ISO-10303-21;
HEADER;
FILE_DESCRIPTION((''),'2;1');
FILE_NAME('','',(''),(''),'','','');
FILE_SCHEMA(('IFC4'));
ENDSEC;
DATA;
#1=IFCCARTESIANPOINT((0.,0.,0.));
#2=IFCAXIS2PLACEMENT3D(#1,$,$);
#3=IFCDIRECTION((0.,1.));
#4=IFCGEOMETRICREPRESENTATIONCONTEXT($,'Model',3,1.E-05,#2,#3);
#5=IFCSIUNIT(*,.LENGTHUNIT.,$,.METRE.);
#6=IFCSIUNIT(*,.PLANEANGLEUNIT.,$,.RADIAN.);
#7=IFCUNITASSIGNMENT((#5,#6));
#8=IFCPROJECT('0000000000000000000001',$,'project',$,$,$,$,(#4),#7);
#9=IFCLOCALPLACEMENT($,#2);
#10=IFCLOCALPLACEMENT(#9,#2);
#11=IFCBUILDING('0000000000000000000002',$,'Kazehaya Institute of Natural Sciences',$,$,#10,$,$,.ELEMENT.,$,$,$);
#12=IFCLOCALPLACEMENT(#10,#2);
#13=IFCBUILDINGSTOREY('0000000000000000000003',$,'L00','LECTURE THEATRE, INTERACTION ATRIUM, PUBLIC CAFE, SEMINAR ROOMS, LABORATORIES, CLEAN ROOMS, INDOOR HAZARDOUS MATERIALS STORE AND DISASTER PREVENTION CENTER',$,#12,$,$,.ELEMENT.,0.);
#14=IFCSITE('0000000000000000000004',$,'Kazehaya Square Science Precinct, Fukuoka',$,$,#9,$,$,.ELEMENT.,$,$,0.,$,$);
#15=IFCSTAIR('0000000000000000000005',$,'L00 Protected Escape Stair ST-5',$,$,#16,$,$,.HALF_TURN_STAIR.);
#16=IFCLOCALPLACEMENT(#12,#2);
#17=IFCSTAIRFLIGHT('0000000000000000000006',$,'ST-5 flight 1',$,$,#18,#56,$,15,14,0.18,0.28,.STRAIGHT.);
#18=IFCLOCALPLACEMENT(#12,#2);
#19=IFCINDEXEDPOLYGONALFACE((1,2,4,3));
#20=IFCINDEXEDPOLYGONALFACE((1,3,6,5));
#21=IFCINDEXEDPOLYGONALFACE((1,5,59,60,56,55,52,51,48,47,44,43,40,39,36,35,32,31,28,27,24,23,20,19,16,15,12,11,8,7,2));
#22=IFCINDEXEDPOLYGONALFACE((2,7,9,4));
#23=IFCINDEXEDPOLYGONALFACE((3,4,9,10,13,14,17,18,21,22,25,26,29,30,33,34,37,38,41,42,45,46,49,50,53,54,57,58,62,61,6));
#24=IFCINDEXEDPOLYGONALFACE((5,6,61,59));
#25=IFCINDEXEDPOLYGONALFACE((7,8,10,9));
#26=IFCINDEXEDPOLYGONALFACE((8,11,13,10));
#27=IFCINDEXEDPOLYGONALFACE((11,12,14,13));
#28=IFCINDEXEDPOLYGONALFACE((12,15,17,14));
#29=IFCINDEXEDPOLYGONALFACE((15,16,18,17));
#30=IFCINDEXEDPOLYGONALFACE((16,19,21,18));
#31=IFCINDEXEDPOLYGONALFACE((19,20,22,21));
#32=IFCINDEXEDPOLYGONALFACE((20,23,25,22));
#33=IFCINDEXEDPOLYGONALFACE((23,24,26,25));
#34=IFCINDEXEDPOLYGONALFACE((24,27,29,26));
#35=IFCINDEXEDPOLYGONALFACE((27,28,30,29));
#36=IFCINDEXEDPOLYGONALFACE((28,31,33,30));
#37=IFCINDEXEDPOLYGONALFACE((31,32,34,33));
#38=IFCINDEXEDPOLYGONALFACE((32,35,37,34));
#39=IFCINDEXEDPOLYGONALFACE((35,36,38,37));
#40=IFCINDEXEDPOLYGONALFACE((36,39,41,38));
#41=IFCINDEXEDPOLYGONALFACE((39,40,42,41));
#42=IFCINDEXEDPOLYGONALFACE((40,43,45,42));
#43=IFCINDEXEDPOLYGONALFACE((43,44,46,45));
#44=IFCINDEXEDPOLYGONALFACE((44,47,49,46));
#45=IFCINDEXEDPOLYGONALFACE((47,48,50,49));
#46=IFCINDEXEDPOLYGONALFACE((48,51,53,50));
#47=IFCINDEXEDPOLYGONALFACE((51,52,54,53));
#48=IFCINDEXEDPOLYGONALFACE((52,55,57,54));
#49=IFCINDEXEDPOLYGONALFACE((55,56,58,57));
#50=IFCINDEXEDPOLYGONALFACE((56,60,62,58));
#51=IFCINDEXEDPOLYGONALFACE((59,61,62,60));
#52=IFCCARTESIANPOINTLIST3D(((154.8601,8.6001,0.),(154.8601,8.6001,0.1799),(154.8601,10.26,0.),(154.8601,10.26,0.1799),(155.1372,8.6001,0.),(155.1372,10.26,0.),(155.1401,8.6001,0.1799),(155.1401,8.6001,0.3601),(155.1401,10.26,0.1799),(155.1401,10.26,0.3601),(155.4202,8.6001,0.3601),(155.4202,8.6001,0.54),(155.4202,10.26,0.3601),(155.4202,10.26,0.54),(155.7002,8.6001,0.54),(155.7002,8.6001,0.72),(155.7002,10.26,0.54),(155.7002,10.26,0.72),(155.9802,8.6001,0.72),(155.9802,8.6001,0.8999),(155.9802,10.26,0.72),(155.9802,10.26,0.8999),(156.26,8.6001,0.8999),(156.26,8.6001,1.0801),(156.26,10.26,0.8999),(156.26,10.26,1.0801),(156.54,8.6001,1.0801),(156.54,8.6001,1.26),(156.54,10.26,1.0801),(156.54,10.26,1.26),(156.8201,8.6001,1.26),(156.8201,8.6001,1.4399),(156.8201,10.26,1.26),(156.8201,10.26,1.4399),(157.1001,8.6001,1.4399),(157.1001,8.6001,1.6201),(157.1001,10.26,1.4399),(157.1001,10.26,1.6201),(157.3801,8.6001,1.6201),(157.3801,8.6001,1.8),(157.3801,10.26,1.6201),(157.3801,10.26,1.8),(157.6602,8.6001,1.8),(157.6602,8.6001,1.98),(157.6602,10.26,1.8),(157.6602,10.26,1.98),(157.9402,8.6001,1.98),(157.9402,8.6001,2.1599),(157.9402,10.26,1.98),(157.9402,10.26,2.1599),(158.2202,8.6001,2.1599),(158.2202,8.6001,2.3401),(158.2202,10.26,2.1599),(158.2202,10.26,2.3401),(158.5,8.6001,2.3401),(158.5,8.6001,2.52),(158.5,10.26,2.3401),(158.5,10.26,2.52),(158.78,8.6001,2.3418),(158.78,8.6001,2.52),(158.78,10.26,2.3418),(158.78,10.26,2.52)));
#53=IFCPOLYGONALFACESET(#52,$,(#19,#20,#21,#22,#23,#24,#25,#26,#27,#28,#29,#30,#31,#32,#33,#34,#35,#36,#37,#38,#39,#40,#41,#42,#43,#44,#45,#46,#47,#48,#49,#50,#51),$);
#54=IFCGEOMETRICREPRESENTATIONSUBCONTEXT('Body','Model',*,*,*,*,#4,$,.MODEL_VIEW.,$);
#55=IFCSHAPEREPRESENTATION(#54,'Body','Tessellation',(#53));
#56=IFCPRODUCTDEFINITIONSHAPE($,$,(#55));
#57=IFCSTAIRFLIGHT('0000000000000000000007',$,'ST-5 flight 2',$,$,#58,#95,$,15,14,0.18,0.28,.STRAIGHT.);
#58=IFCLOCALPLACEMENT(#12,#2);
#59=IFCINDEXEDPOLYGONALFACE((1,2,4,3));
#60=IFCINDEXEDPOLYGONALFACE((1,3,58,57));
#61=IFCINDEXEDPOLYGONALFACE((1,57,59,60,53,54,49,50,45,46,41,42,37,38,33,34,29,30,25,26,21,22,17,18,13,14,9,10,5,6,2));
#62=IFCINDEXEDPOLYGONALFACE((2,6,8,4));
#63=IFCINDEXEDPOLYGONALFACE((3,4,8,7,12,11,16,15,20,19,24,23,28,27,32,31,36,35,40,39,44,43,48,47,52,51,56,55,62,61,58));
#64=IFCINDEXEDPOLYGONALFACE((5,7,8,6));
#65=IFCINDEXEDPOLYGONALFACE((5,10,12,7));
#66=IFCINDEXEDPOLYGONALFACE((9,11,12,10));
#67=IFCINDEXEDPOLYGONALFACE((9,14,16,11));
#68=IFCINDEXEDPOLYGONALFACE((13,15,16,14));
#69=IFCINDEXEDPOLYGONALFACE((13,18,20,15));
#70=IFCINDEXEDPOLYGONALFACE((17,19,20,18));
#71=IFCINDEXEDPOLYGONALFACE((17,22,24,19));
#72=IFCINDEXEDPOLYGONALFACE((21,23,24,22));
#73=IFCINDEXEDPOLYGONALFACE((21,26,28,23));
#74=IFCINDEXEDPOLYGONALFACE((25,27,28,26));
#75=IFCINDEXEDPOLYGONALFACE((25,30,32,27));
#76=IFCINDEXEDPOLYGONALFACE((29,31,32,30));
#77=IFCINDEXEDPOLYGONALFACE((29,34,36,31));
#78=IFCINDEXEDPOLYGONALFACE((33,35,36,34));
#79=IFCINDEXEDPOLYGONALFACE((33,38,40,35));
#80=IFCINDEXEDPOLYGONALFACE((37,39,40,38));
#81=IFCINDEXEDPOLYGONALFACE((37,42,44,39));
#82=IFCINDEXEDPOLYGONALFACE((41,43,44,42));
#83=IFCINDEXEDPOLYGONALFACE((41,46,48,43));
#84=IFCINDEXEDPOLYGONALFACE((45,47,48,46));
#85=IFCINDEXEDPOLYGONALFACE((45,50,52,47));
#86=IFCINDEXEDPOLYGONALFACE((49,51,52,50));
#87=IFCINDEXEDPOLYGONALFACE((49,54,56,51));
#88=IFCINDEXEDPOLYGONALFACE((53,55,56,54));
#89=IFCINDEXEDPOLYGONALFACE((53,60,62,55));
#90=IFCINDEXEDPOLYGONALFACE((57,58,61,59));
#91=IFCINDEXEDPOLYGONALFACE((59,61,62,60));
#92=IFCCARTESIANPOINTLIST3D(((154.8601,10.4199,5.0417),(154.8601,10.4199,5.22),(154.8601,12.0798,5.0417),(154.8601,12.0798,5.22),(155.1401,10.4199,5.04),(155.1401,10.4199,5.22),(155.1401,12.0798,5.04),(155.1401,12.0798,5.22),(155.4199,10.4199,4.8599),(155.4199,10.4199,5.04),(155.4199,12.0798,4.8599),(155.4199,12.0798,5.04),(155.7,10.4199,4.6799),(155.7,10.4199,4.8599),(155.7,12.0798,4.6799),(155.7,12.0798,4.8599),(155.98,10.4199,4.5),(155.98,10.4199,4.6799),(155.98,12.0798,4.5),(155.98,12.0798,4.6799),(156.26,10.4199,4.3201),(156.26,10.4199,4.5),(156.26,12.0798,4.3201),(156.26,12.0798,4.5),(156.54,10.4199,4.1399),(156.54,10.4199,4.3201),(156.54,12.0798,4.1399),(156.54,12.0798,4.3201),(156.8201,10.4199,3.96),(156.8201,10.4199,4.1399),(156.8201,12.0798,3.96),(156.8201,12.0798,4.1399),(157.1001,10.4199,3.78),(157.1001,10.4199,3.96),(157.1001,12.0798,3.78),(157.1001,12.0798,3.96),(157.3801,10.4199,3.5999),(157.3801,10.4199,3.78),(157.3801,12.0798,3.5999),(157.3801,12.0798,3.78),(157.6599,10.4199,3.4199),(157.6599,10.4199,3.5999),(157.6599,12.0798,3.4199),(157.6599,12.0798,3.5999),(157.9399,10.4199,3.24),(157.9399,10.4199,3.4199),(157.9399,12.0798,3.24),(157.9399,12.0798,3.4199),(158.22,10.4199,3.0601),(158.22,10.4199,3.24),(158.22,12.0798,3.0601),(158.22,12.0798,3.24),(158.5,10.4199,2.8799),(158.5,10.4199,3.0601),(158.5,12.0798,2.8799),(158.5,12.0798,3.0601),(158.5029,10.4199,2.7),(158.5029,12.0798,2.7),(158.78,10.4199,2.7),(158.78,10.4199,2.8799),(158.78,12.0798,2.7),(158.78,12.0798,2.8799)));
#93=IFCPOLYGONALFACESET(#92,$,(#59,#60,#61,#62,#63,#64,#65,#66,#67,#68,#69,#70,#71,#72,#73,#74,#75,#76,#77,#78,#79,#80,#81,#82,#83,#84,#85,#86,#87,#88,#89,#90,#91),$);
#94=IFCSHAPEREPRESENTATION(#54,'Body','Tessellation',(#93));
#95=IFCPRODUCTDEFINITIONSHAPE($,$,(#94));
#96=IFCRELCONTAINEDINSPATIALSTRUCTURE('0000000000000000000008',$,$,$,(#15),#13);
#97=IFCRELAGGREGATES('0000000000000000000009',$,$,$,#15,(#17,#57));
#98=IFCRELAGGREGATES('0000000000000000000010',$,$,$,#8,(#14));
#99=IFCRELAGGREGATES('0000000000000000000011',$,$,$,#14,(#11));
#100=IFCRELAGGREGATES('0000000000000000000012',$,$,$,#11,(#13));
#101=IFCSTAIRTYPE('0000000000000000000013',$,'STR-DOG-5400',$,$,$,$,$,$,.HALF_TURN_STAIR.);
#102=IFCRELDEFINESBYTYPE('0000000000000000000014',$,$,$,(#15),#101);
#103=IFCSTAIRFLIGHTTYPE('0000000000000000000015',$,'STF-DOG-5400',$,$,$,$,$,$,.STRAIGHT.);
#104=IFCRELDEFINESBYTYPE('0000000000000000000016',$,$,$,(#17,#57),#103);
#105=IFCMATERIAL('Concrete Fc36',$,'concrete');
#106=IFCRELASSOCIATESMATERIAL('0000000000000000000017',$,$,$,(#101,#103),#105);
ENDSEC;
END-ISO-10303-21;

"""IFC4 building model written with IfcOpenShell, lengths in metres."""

from ifc_helpers import new_model, si_unit, direction, frame, origin, place, context, subcontext, project, spatial, polyline, outline, extrude, material, type_object, element, aggregate, save


model = new_model("IFC4")

# Units and contexts
model_context = context("Model", 3, precision=1e-05, world=origin(), true_north=direction((0.0, 1.0)))
body_context = subcontext(model_context, "Body", "Model", "MODEL_VIEW")
ifc_project = project(units=[si_unit("LENGTHUNIT", "METRE"), si_unit("PLANEANGLEUNIT", "RADIAN")], contexts=[model_context])

# Site, building, storey
site_placement = place(None, origin())
site = spatial("IfcSite", under=ifc_project, at=site_placement, Name="Kazehaya Square Science Precinct, Fukuoka", CompositionType="ELEMENT", RefElevation=0.0)
building_placement = place(site_placement, origin())
building = spatial("IfcBuilding", under=site, at=building_placement, Name="Kazehaya Institute of Natural Sciences", CompositionType="ELEMENT")
storey_placement = place(building_placement, origin())
storey = spatial("IfcBuildingStorey", under=building, at=storey_placement, Name="L00", Description="LECTURE THEATRE, INTERACTION ATRIUM, PUBLIC CAFE, SEMINAR ROOMS, LABORATORIES, CLEAN ROOMS, INDOOR HAZARDOUS MATERIALS STORE AND DISASTER PREVENTION CENTER", CompositionType="ELEMENT", Elevation=0.0)

# Shared definitions
ifc_material_1 = material(Name="Concrete Fc36", Category="concrete")

# Stair, stair flights
stair_type = type_object("IfcStairType", Name="STR-DOG-5400", PredefinedType="HALF_TURN_STAIR", material=ifc_material_1)
stair_placement = place(storey_placement, origin())
stair = element("IfcStair", 1, at=stair_placement, inside=storey, type_object=stair_type, Name="L00 Protected Escape Stair ST-5", PredefinedType="HALF_TURN_STAIR")
stair_flight_type = type_object("IfcStairFlightType", Name="STF-DOG-5400", PredefinedType="STRAIGHT", material=ifc_material_1)
stair_flight_1_placement = place(storey_placement, frame((154.8601, 9.4299, 0.0), z_axis=(0.0, 0.0, 1.0), x_axis=(1.0, 0.0, 0.0)))
stair_flight_1 = element("IfcStairFlight", 2, at=stair_flight_1_placement, type_object=stair_flight_type, Name="ST-5 flight 1", NumberOfRisers=15, NumberOfTreads=14, PredefinedType="STRAIGHT", RiserHeight=0.18, TreadLength=0.28, context=body_context, shape_type="SweptSolid", body=[
    extrude(outline(polyline([(0.0, 0.0), (0.0, 0.1799), (0.28, 0.1799), (0.28, 0.3601), (0.5601, 0.3601), (0.5601, 0.54), (0.8401, 0.54), (0.8401, 0.72), (1.1201, 0.72), (1.1201, 0.8999), (1.3999, 0.8999), (1.3999, 1.0801), (1.6799, 1.0801), (1.6799, 1.26), (1.96, 1.26), (1.96, 1.4399), (2.24, 1.4399), (2.24, 1.6201), (2.52, 1.6201), (2.52, 1.8), (2.8, 1.8), (2.8, 1.98), (3.0801, 1.98), (3.0801, 2.1599), (3.3601, 2.1599), (3.3601, 2.3401), (3.6399, 2.3401), (3.6399, 2.52), (3.9199, 2.52), (3.9199, 2.7), (3.9199, 2.3418), (0.2771, 0.0), (0.0, 0.0)])), frame((0.0, 0.8301, 0.0), z_axis=(0.0, -1.0, 0.0), x_axis=(1.0, 0.0, 0.0)), (0.0, 0.0, 1.0), 1.6599),
])
stair_flight_2_placement = place(storey_placement, frame((158.78, 11.25, 2.7), z_axis=(0.0, 0.0, 1.0), x_axis=(-1.0, 0.0, 0.0)))
stair_flight_2 = element("IfcStairFlight", 3, at=stair_flight_2_placement, type_object=stair_flight_type, Name="ST-5 flight 2", NumberOfRisers=15, NumberOfTreads=14, PredefinedType="STRAIGHT", RiserHeight=0.18, TreadLength=0.28, context=body_context, shape_type="SweptSolid", body=[
    extrude(outline(polyline([(0.0, 0.0), (0.0, 0.1799), (0.28, 0.1799), (0.28, 0.3601), (0.5601, 0.3601), (0.5601, 0.54), (0.8401, 0.54), (0.8401, 0.72), (1.1201, 0.72), (1.1201, 0.8999), (1.3999, 0.8999), (1.3999, 1.0801), (1.6799, 1.0801), (1.6799, 1.26), (1.96, 1.26), (1.96, 1.4399), (2.24, 1.4399), (2.24, 1.6201), (2.52, 1.6201), (2.52, 1.8), (2.8, 1.8), (2.8, 1.98), (3.0801, 1.98), (3.0801, 2.1599), (3.3601, 2.1599), (3.3601, 2.3401), (3.6399, 2.3401), (3.6399, 2.52), (3.9199, 2.52), (3.9199, 2.7), (3.9199, 2.3418), (0.2771, 0.0), (0.0, 0.0)])), frame((0.0, 0.8301, 0.0), z_axis=(0.0, -1.0, 0.0), x_axis=(1.0, 0.0, 0.0)), (0.0, 0.0, 1.0), 1.6599),
])
aggregate(stair, [stair_flight_1, stair_flight_2])

save(model, "model.ifc")
